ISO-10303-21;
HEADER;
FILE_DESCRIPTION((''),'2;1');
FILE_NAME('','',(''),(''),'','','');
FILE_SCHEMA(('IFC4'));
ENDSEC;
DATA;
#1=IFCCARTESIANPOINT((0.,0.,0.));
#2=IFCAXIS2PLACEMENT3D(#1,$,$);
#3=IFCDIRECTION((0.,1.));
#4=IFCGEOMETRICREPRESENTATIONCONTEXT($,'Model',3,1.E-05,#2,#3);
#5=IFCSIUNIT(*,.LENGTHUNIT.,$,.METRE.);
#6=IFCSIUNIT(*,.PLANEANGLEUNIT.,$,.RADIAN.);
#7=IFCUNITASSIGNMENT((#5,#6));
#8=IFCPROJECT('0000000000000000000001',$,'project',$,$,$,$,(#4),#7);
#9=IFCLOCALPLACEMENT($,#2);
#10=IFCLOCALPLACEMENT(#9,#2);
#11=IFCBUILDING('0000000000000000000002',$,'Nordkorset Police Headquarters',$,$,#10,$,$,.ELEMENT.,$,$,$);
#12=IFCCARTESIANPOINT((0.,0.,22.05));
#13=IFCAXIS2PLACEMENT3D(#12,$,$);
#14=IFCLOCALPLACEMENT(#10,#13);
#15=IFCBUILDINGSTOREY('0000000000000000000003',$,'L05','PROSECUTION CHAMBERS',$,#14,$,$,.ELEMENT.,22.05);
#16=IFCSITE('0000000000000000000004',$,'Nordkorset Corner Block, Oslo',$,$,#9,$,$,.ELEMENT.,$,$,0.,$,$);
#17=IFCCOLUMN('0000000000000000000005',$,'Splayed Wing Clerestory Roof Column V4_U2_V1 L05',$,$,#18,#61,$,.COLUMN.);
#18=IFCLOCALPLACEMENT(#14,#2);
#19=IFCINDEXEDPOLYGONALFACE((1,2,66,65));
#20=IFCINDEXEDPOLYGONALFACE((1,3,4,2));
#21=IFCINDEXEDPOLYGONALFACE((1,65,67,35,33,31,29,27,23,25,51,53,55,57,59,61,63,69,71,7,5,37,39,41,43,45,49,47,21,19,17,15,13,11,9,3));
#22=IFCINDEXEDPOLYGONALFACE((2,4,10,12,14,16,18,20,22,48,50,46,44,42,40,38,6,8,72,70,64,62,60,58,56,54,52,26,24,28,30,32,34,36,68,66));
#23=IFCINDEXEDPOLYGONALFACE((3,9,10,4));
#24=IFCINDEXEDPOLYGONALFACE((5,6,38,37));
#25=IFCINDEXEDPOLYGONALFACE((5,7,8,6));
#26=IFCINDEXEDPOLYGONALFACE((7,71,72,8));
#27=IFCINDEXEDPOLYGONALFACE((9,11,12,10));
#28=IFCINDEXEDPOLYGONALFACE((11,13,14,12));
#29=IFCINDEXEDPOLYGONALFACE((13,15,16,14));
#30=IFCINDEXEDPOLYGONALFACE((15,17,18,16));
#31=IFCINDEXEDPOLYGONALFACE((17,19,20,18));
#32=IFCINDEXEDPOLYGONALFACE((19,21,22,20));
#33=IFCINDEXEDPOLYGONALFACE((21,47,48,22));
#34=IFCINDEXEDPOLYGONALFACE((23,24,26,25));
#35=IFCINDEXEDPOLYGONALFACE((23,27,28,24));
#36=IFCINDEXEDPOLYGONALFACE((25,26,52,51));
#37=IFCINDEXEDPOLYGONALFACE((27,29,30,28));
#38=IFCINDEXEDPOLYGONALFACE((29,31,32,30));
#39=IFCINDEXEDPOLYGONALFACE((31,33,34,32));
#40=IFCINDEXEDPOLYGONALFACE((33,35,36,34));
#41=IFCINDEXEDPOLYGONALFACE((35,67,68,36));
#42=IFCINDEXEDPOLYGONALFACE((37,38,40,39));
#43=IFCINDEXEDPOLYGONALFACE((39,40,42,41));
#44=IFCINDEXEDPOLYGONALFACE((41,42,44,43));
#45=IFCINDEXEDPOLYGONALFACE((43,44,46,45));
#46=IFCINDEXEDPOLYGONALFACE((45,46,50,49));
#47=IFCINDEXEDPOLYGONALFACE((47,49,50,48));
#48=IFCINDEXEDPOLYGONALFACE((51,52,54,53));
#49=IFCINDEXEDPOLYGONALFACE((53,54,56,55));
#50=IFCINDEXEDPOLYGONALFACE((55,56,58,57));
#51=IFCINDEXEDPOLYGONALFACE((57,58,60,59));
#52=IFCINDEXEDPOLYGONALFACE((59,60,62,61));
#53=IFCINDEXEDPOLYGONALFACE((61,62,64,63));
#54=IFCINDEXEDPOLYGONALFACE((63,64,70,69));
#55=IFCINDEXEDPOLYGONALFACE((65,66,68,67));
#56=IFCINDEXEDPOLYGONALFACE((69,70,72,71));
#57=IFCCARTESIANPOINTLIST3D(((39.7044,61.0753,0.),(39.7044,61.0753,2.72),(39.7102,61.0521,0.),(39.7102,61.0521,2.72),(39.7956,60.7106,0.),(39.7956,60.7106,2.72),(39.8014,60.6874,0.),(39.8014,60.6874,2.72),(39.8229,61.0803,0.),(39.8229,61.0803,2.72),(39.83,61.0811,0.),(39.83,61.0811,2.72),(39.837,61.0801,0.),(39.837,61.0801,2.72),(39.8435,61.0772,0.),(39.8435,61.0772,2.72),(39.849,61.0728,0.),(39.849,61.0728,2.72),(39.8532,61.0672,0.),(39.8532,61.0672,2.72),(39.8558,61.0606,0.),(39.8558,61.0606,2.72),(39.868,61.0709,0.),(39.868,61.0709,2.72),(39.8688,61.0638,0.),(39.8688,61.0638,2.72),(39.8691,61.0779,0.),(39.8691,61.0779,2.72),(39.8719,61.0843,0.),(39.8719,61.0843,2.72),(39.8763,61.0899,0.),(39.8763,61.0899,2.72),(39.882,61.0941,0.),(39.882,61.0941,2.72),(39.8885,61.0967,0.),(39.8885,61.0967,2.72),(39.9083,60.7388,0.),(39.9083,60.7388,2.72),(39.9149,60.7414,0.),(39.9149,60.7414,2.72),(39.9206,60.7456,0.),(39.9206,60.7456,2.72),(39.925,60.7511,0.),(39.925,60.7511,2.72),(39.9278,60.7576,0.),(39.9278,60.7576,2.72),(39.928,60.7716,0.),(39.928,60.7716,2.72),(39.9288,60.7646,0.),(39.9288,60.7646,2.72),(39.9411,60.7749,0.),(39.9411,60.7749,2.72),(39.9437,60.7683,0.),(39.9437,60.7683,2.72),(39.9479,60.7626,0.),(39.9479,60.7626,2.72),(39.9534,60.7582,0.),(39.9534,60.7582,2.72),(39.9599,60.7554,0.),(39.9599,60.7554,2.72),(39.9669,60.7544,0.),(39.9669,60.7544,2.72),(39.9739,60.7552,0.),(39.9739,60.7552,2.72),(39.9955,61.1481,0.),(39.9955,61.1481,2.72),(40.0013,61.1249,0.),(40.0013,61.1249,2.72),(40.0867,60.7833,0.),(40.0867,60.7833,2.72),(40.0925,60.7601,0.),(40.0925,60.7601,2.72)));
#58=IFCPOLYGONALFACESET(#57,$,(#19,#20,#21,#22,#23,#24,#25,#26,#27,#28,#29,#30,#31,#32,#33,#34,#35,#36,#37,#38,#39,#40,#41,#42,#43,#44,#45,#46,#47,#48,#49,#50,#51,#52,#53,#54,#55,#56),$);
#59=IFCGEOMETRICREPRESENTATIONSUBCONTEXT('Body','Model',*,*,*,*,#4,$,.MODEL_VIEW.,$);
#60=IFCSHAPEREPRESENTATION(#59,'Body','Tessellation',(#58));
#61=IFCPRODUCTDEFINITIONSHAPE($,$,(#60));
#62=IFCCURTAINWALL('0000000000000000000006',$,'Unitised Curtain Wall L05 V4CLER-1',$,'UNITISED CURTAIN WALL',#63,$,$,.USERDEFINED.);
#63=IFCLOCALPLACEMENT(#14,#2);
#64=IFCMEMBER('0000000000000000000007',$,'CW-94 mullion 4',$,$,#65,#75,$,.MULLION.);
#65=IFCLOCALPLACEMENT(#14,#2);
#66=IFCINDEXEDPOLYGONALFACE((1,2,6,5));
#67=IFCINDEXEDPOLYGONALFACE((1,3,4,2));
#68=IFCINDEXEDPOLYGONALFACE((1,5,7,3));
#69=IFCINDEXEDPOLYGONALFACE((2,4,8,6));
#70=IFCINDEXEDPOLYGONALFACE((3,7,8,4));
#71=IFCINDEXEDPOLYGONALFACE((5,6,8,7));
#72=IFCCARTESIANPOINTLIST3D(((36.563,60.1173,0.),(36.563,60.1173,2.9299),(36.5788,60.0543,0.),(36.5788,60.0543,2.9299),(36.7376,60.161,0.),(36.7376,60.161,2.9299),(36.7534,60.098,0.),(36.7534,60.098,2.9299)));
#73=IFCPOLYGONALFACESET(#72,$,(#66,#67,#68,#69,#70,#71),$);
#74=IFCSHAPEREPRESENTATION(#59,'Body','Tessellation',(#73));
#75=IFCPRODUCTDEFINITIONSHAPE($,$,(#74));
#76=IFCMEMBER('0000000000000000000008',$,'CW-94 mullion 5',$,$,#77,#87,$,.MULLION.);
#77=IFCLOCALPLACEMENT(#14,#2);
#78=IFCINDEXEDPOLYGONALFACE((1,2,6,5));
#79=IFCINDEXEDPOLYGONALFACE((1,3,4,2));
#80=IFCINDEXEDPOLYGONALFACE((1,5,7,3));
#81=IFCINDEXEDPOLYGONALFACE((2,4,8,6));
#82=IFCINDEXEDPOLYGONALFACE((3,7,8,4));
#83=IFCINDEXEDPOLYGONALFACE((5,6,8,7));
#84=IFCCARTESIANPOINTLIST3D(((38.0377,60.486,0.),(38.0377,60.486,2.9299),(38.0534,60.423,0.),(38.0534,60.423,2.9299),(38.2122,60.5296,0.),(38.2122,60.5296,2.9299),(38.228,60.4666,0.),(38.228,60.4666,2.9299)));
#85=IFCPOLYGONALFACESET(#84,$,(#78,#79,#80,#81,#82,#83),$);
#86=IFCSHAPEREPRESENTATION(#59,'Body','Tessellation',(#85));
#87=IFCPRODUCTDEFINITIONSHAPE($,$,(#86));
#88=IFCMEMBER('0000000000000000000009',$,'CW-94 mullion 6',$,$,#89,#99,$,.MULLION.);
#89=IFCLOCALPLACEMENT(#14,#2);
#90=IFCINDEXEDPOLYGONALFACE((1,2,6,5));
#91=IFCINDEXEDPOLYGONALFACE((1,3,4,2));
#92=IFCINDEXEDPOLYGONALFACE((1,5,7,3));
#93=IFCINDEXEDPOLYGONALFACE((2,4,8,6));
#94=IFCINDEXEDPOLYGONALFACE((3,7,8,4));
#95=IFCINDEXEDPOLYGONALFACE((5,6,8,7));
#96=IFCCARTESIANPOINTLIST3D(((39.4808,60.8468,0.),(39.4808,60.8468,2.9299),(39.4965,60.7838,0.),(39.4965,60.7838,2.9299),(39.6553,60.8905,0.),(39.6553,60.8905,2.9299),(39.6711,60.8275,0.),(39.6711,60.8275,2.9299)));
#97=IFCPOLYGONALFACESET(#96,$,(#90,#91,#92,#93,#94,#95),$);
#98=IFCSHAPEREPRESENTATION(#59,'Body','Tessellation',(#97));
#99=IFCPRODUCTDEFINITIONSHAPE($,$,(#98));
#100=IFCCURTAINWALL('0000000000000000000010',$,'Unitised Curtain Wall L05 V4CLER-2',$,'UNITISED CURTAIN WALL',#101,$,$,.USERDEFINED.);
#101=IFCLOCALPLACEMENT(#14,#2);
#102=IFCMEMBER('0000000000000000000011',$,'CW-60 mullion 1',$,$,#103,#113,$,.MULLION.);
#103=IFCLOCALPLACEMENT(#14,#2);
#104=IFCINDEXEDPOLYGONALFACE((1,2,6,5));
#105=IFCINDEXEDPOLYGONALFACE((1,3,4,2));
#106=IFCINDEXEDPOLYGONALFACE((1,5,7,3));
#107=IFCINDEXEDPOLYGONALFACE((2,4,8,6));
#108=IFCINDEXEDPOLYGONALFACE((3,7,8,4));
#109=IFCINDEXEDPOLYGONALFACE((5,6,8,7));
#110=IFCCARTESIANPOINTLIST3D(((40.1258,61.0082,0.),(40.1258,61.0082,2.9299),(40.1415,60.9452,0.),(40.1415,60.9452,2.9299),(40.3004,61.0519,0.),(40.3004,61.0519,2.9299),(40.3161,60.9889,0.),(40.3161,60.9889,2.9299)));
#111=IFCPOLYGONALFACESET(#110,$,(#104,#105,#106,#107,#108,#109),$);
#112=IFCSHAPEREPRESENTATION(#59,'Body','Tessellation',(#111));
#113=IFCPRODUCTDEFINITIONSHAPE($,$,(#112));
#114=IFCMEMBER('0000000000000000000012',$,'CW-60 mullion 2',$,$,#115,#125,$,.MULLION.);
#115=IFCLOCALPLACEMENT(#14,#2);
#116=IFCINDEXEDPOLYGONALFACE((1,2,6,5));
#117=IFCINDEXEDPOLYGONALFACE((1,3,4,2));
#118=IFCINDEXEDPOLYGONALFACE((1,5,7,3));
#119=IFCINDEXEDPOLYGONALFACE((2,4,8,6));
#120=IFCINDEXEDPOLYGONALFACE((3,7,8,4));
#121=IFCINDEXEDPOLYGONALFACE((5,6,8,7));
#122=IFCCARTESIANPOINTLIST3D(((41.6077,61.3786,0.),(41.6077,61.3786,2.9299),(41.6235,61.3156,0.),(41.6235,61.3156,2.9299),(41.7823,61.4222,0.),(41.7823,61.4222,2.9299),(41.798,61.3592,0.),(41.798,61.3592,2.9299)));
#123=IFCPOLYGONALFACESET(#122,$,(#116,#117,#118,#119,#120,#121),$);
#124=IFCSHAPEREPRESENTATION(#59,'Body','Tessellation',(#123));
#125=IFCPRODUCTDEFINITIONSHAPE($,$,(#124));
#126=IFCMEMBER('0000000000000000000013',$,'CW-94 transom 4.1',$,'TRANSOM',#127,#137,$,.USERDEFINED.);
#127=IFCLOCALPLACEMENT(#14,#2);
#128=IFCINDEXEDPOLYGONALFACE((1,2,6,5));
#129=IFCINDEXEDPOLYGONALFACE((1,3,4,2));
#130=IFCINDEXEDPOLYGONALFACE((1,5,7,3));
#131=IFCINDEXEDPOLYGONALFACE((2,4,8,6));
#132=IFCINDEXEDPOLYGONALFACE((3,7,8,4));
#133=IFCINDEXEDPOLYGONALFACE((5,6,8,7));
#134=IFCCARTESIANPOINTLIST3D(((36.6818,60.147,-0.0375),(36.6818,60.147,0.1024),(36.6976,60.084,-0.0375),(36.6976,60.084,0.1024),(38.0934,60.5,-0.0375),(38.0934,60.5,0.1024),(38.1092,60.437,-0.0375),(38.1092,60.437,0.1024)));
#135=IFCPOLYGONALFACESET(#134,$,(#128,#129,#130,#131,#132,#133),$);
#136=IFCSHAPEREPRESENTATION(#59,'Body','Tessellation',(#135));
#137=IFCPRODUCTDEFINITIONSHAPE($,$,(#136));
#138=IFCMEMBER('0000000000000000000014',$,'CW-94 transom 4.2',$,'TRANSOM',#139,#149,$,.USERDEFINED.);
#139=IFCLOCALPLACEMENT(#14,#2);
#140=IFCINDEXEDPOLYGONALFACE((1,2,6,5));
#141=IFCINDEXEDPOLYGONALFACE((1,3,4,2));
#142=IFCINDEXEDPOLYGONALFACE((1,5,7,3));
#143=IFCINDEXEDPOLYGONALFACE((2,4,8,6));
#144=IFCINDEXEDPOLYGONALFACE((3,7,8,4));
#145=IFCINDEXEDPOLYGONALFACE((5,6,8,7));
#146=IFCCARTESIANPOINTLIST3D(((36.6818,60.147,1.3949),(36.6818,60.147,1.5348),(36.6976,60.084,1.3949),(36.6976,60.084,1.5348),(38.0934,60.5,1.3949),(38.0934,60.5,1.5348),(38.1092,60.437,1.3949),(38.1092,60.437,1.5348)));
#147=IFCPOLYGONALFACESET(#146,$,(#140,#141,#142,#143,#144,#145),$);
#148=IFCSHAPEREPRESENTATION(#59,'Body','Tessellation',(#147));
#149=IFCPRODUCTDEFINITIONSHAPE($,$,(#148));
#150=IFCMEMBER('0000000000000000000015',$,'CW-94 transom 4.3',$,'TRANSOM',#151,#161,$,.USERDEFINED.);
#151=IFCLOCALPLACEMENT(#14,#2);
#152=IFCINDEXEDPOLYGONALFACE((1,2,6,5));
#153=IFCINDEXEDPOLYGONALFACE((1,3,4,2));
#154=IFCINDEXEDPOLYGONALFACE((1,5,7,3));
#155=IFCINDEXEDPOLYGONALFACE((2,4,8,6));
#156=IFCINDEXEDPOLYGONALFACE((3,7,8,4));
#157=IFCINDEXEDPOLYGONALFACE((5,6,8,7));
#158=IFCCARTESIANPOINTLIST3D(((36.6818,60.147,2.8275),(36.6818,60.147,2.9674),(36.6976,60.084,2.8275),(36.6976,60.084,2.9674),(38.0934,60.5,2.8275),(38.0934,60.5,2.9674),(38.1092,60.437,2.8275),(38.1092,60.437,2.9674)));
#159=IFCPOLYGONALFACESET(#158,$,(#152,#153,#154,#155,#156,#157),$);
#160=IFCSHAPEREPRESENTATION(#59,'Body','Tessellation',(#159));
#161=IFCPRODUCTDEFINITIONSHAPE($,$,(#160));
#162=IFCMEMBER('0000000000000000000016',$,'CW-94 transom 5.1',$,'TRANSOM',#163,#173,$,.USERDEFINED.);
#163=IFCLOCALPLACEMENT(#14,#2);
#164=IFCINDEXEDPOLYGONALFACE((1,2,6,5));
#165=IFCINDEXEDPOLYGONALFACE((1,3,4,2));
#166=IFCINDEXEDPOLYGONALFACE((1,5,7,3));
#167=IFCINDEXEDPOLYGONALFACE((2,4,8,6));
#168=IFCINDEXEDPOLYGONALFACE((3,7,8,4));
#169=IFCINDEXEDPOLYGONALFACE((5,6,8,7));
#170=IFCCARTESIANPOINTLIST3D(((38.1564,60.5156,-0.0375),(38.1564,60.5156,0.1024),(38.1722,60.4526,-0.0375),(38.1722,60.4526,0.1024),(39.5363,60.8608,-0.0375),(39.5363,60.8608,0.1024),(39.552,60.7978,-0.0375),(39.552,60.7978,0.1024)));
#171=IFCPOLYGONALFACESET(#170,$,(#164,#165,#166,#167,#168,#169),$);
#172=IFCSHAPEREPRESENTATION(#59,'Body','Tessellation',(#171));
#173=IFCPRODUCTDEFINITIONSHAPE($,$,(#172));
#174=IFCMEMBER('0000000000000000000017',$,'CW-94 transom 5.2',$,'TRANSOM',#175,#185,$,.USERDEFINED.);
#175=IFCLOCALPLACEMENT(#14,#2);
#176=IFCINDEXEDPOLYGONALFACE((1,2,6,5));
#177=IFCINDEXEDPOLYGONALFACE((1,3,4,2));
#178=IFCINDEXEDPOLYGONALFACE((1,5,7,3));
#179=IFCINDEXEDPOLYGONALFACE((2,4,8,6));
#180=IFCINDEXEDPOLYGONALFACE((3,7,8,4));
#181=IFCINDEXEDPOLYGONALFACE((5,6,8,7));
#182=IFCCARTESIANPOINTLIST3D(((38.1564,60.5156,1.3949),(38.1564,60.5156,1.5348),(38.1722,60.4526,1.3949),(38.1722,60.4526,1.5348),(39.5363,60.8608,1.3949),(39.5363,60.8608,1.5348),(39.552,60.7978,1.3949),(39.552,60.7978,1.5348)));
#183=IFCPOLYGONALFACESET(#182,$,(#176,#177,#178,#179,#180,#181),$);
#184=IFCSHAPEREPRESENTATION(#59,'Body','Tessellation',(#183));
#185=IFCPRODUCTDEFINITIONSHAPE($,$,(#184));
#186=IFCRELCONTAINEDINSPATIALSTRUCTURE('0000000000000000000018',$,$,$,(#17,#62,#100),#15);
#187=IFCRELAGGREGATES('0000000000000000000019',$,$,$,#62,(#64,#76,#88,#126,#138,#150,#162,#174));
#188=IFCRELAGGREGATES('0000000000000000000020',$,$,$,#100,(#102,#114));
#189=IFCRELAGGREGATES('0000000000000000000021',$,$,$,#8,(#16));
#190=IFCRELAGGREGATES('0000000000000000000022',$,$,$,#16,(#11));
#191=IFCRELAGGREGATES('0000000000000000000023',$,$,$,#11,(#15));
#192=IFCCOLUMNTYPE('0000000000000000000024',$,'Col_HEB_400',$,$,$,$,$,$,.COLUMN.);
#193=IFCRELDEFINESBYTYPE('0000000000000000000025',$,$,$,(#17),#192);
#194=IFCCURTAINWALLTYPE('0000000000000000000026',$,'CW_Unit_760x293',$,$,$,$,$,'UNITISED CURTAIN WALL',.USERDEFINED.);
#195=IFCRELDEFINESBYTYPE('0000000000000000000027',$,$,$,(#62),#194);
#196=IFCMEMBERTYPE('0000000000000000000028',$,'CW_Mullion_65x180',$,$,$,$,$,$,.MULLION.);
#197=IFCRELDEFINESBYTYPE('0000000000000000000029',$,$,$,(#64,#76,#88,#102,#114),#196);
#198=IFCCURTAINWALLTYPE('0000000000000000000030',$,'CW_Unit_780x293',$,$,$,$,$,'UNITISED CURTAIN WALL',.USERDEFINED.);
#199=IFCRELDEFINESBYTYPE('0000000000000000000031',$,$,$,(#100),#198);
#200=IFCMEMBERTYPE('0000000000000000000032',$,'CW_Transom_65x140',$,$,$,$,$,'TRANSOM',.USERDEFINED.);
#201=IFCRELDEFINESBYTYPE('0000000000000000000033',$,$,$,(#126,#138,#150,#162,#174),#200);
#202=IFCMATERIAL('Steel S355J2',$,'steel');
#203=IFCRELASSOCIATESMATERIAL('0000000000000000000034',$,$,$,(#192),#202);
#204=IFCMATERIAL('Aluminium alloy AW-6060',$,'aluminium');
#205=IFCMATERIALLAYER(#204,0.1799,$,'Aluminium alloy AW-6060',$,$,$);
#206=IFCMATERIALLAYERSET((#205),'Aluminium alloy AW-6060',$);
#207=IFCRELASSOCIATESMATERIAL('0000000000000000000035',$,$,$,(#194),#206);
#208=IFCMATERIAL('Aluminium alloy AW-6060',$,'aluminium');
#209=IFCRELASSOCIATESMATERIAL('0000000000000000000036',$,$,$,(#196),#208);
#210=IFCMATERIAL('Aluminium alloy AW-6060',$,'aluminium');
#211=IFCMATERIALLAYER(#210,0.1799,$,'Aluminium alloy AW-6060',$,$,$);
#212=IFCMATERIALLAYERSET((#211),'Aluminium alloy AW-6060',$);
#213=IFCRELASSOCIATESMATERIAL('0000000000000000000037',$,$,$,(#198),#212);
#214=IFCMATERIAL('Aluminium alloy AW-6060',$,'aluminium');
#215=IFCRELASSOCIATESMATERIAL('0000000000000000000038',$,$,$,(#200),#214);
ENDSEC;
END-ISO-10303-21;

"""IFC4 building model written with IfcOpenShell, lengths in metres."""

from ifc_helpers import new_model, si_unit, direction, frame, origin, origin_2d, place, context, subcontext, project, spatial, rectangle, i_section, extrude, material, layer, layer_set, material_profile, profile_set, type_object, element, aggregate, save


model = new_model("IFC4")

# Units and contexts
model_context = context("Model", 3, precision=1e-05, world=origin(), true_north=direction((0.0, 1.0)))
body_context = subcontext(model_context, "Body", "Model", "MODEL_VIEW")
ifc_project = project(units=[si_unit("LENGTHUNIT", "METRE"), si_unit("PLANEANGLEUNIT", "RADIAN")], contexts=[model_context])

# Site, building, storey
site_placement = place(None, origin())
site = spatial("IfcSite", under=ifc_project, at=site_placement, Name="Nordkorset Corner Block, Oslo", CompositionType="ELEMENT", RefElevation=0.0)
building_placement = place(site_placement, origin())
building = spatial("IfcBuilding", under=site, at=building_placement, Name="Nordkorset Police Headquarters", CompositionType="ELEMENT")
storey_placement = place(building_placement, frame((0.0, 0.0, 22.05)))
storey = spatial("IfcBuildingStorey", under=building, at=storey_placement, Name="L05", Description="PROSECUTION CHAMBERS", CompositionType="ELEMENT", Elevation=22.05)

# Column
ifc_material_1 = material(Name="Steel S355J2", Category="steel")
ifc_material_profile_1 = material_profile(ifc_material_1, i_section(OverallWidth=0.3, OverallDepth=0.3999, WebThickness=0.0134, FlangeThickness=0.0239, FilletRadius=0.0271, at=origin_2d()), Name="HEB 400")
ifc_profile_set_1 = profile_set([ifc_material_profile_1], Name="Steel S355J2")
column_type = type_object("IfcColumnType", Name="Col_HEB_400", PredefinedType="COLUMN", material=ifc_profile_set_1)
column_placement = place(storey_placement, frame((39.8984, 60.9177, 0.0), z_axis=(0.0, 0.0, 1.0), x_axis=(0.970143, 0.242536, 0.0)))
element("IfcColumn", 1, at=column_placement, inside=storey, type_object=column_type, Name="Splayed Wing Clerestory Roof Column V4_U2_V1 L05", PredefinedType="COLUMN", context=body_context, shape_type="SweptSolid", body=[
    extrude(i_section(OverallWidth=0.3, OverallDepth=0.3999, WebThickness=0.0134, FlangeThickness=0.0239, FilletRadius=0.0271, at=origin_2d()), origin(), (0.0, 0.0, 1.0), 2.72),
])

# Curtain walls, members
ifc_material_2 = material(Name="Aluminium alloy AW-6060", Category="aluminium")
ifc_layer_1 = layer(ifc_material_2, 0.1799, Name="Aluminium alloy AW-6060")
ifc_layer_set_1 = layer_set([ifc_layer_1], Name="Aluminium alloy AW-6060")
curtain_wall_type_1 = type_object("IfcCurtainWallType", Name="CW_Unit_760x293", ElementType="UNITISED CURTAIN WALL", PredefinedType="USERDEFINED", material=ifc_layer_set_1)
curtain_wall_1_placement = place(storey_placement, origin())
curtain_wall_1 = element("IfcCurtainWall", 2, at=curtain_wall_1_placement, inside=storey, type_object=curtain_wall_type_1, Name="Unitised Curtain Wall L05 V4CLER-1", ObjectType="UNITISED CURTAIN WALL", PredefinedType="USERDEFINED")
ifc_material_3 = material(Name="Aluminium alloy AW-6060", Category="aluminium")
ifc_material_profile_2 = material_profile(ifc_material_3, rectangle(XDim=0.0649, YDim=0.1799, at=origin_2d()), Name="ALU MULL 65x180")
ifc_profile_set_2 = profile_set([ifc_material_profile_2], Name="Aluminium alloy AW-6060")
member_type_1 = type_object("IfcMemberType", Name="CW_Mullion_65x180", PredefinedType="MULLION", material=ifc_profile_set_2)
member_1_placement = place(storey_placement, frame((36.6582, 60.1077, 0.0), z_axis=(0.0, 0.0, 1.0), x_axis=(-0.242536, 0.970143, 0.0)))
member_1 = element("IfcMember", 3, at=member_1_placement, type_object=member_type_1, Name="CW-94 mullion 4", PredefinedType="MULLION", context=body_context, shape_type="SweptSolid", body=[
    extrude(rectangle(XDim=0.0649, YDim=0.1799, at=origin_2d()), origin(), (0.0, 0.0, 1.0), 2.9299),
])
member_2_placement = place(storey_placement, frame((38.1328, 60.4763, 0.0), z_axis=(0.0, 0.0, 1.0), x_axis=(-0.242536, 0.970143, 0.0)))
member_2 = element("IfcMember", 4, at=member_2_placement, type_object=member_type_1, Name="CW-94 mullion 5", PredefinedType="MULLION", context=body_context, shape_type="SweptSolid", body=[
    extrude(rectangle(XDim=0.0649, YDim=0.1799, at=origin_2d()), origin(), (0.0, 0.0, 1.0), 2.9299),
])
member_3_placement = place(storey_placement, frame((39.5759, 60.8372, 0.0), z_axis=(0.0, 0.0, 1.0), x_axis=(-0.242536, 0.970143, 0.0)))
member_3 = element("IfcMember", 5, at=member_3_placement, type_object=member_type_1, Name="CW-94 mullion 6", PredefinedType="MULLION", context=body_context, shape_type="SweptSolid", body=[
    extrude(rectangle(XDim=0.0649, YDim=0.1799, at=origin_2d()), origin(), (0.0, 0.0, 1.0), 2.9299),
])
ifc_material_4 = material(Name="Aluminium alloy AW-6060", Category="aluminium")
ifc_layer_2 = layer(ifc_material_4, 0.1799, Name="Aluminium alloy AW-6060")
ifc_layer_set_2 = layer_set([ifc_layer_2], Name="Aluminium alloy AW-6060")
curtain_wall_type_2 = type_object("IfcCurtainWallType", Name="CW_Unit_780x293", ElementType="UNITISED CURTAIN WALL", PredefinedType="USERDEFINED", material=ifc_layer_set_2)
curtain_wall_2_placement = place(storey_placement, origin())
curtain_wall_2 = element("IfcCurtainWall", 6, at=curtain_wall_2_placement, inside=storey, type_object=curtain_wall_type_2, Name="Unitised Curtain Wall L05 V4CLER-2", ObjectType="UNITISED CURTAIN WALL", PredefinedType="USERDEFINED")
member_4_placement = place(storey_placement, frame((40.2209, 60.9985, 0.0), z_axis=(0.0, 0.0, 1.0), x_axis=(-0.242536, 0.970142, 0.0)))
member_4 = element("IfcMember", 7, at=member_4_placement, type_object=member_type_1, Name="CW-60 mullion 1", PredefinedType="MULLION", context=body_context, shape_type="SweptSolid", body=[
    extrude(rectangle(XDim=0.0649, YDim=0.1799, at=origin_2d()), origin(), (0.0, 0.0, 1.0), 2.9299),
])
member_5_placement = place(storey_placement, frame((41.7029, 61.3689, 0.0), z_axis=(0.0, 0.0, 1.0), x_axis=(-0.242536, 0.970142, 0.0)))
member_5 = element("IfcMember", 8, at=member_5_placement, type_object=member_type_1, Name="CW-60 mullion 2", PredefinedType="MULLION", context=body_context, shape_type="SweptSolid", body=[
    extrude(rectangle(XDim=0.0649, YDim=0.1799, at=origin_2d()), origin(), (0.0, 0.0, 1.0), 2.9299),
])

# Members
ifc_material_5 = material(Name="Aluminium alloy AW-6060", Category="aluminium")
ifc_material_profile_3 = material_profile(ifc_material_5, rectangle(XDim=0.0649, YDim=0.1399, at=origin_2d()), Name="ALU TRAN 65x140")
ifc_profile_set_3 = profile_set([ifc_material_profile_3], Name="Aluminium alloy AW-6060")
member_type_2 = type_object("IfcMemberType", Name="CW_Transom_65x140", ElementType="TRANSOM", PredefinedType="USERDEFINED", material=ifc_profile_set_3)
member_6_placement = place(storey_placement, frame((36.6897, 60.1155, 0.0325), z_axis=(0.970123, 0.242615, 0.0), x_axis=(-0.242615, 0.970123, 0.0)))
member_6 = element("IfcMember", 9, at=member_6_placement, type_object=member_type_2, Name="CW-94 transom 4.1", ObjectType="TRANSOM", PredefinedType="USERDEFINED", context=body_context, shape_type="SweptSolid", body=[
    extrude(rectangle(XDim=0.0649, YDim=0.1399, at=origin_2d()), origin(), (0.0, 0.0, 1.0), 1.4551),
])
member_7_placement = place(storey_placement, frame((36.6897, 60.1155, 1.4648), z_axis=(0.970123, 0.242615, 0.0), x_axis=(-0.242615, 0.970123, 0.0)))
member_7 = element("IfcMember", 10, at=member_7_placement, type_object=member_type_2, Name="CW-94 transom 4.2", ObjectType="TRANSOM", PredefinedType="USERDEFINED", context=body_context, shape_type="SweptSolid", body=[
    extrude(rectangle(XDim=0.0649, YDim=0.1399, at=origin_2d()), origin(), (0.0, 0.0, 1.0), 1.4551),
])
member_8_placement = place(storey_placement, frame((36.6897, 60.1155, 2.8975), z_axis=(0.970123, 0.242615, 0.0), x_axis=(-0.242615, 0.970123, 0.0)))
member_8 = element("IfcMember", 11, at=member_8_placement, type_object=member_type_2, Name="CW-94 transom 4.3", ObjectType="TRANSOM", PredefinedType="USERDEFINED", context=body_context, shape_type="SweptSolid", body=[
    extrude(rectangle(XDim=0.0649, YDim=0.1399, at=origin_2d()), origin(), (0.0, 0.0, 1.0), 1.4551),
])
member_9_placement = place(storey_placement, frame((38.1643, 60.4841, 0.0325), z_axis=(0.970102, 0.242697, 0.0), x_axis=(-0.242697, 0.970102, 0.0)))
member_9 = element("IfcMember", 12, at=member_9_placement, type_object=member_type_2, Name="CW-94 transom 5.1", ObjectType="TRANSOM", PredefinedType="USERDEFINED", context=body_context, shape_type="SweptSolid", body=[
    extrude(rectangle(XDim=0.0649, YDim=0.1399, at=origin_2d()), origin(), (0.0, 0.0, 1.0), 1.4224),
])
member_10_placement = place(storey_placement, frame((38.1643, 60.4841, 1.4648), z_axis=(0.970102, 0.242697, 0.0), x_axis=(-0.242697, 0.970102, 0.0)))
member_10 = element("IfcMember", 13, at=member_10_placement, type_object=member_type_2, Name="CW-94 transom 5.2", ObjectType="TRANSOM", PredefinedType="USERDEFINED", context=body_context, shape_type="SweptSolid", body=[
    extrude(rectangle(XDim=0.0649, YDim=0.1399, at=origin_2d()), origin(), (0.0, 0.0, 1.0), 1.4224),
])

aggregate(curtain_wall_1, [member_1, member_2, member_3, member_6, member_7, member_8, member_9, member_10])
aggregate(curtain_wall_2, [member_4, member_5])

save(model, "model.ifc")
